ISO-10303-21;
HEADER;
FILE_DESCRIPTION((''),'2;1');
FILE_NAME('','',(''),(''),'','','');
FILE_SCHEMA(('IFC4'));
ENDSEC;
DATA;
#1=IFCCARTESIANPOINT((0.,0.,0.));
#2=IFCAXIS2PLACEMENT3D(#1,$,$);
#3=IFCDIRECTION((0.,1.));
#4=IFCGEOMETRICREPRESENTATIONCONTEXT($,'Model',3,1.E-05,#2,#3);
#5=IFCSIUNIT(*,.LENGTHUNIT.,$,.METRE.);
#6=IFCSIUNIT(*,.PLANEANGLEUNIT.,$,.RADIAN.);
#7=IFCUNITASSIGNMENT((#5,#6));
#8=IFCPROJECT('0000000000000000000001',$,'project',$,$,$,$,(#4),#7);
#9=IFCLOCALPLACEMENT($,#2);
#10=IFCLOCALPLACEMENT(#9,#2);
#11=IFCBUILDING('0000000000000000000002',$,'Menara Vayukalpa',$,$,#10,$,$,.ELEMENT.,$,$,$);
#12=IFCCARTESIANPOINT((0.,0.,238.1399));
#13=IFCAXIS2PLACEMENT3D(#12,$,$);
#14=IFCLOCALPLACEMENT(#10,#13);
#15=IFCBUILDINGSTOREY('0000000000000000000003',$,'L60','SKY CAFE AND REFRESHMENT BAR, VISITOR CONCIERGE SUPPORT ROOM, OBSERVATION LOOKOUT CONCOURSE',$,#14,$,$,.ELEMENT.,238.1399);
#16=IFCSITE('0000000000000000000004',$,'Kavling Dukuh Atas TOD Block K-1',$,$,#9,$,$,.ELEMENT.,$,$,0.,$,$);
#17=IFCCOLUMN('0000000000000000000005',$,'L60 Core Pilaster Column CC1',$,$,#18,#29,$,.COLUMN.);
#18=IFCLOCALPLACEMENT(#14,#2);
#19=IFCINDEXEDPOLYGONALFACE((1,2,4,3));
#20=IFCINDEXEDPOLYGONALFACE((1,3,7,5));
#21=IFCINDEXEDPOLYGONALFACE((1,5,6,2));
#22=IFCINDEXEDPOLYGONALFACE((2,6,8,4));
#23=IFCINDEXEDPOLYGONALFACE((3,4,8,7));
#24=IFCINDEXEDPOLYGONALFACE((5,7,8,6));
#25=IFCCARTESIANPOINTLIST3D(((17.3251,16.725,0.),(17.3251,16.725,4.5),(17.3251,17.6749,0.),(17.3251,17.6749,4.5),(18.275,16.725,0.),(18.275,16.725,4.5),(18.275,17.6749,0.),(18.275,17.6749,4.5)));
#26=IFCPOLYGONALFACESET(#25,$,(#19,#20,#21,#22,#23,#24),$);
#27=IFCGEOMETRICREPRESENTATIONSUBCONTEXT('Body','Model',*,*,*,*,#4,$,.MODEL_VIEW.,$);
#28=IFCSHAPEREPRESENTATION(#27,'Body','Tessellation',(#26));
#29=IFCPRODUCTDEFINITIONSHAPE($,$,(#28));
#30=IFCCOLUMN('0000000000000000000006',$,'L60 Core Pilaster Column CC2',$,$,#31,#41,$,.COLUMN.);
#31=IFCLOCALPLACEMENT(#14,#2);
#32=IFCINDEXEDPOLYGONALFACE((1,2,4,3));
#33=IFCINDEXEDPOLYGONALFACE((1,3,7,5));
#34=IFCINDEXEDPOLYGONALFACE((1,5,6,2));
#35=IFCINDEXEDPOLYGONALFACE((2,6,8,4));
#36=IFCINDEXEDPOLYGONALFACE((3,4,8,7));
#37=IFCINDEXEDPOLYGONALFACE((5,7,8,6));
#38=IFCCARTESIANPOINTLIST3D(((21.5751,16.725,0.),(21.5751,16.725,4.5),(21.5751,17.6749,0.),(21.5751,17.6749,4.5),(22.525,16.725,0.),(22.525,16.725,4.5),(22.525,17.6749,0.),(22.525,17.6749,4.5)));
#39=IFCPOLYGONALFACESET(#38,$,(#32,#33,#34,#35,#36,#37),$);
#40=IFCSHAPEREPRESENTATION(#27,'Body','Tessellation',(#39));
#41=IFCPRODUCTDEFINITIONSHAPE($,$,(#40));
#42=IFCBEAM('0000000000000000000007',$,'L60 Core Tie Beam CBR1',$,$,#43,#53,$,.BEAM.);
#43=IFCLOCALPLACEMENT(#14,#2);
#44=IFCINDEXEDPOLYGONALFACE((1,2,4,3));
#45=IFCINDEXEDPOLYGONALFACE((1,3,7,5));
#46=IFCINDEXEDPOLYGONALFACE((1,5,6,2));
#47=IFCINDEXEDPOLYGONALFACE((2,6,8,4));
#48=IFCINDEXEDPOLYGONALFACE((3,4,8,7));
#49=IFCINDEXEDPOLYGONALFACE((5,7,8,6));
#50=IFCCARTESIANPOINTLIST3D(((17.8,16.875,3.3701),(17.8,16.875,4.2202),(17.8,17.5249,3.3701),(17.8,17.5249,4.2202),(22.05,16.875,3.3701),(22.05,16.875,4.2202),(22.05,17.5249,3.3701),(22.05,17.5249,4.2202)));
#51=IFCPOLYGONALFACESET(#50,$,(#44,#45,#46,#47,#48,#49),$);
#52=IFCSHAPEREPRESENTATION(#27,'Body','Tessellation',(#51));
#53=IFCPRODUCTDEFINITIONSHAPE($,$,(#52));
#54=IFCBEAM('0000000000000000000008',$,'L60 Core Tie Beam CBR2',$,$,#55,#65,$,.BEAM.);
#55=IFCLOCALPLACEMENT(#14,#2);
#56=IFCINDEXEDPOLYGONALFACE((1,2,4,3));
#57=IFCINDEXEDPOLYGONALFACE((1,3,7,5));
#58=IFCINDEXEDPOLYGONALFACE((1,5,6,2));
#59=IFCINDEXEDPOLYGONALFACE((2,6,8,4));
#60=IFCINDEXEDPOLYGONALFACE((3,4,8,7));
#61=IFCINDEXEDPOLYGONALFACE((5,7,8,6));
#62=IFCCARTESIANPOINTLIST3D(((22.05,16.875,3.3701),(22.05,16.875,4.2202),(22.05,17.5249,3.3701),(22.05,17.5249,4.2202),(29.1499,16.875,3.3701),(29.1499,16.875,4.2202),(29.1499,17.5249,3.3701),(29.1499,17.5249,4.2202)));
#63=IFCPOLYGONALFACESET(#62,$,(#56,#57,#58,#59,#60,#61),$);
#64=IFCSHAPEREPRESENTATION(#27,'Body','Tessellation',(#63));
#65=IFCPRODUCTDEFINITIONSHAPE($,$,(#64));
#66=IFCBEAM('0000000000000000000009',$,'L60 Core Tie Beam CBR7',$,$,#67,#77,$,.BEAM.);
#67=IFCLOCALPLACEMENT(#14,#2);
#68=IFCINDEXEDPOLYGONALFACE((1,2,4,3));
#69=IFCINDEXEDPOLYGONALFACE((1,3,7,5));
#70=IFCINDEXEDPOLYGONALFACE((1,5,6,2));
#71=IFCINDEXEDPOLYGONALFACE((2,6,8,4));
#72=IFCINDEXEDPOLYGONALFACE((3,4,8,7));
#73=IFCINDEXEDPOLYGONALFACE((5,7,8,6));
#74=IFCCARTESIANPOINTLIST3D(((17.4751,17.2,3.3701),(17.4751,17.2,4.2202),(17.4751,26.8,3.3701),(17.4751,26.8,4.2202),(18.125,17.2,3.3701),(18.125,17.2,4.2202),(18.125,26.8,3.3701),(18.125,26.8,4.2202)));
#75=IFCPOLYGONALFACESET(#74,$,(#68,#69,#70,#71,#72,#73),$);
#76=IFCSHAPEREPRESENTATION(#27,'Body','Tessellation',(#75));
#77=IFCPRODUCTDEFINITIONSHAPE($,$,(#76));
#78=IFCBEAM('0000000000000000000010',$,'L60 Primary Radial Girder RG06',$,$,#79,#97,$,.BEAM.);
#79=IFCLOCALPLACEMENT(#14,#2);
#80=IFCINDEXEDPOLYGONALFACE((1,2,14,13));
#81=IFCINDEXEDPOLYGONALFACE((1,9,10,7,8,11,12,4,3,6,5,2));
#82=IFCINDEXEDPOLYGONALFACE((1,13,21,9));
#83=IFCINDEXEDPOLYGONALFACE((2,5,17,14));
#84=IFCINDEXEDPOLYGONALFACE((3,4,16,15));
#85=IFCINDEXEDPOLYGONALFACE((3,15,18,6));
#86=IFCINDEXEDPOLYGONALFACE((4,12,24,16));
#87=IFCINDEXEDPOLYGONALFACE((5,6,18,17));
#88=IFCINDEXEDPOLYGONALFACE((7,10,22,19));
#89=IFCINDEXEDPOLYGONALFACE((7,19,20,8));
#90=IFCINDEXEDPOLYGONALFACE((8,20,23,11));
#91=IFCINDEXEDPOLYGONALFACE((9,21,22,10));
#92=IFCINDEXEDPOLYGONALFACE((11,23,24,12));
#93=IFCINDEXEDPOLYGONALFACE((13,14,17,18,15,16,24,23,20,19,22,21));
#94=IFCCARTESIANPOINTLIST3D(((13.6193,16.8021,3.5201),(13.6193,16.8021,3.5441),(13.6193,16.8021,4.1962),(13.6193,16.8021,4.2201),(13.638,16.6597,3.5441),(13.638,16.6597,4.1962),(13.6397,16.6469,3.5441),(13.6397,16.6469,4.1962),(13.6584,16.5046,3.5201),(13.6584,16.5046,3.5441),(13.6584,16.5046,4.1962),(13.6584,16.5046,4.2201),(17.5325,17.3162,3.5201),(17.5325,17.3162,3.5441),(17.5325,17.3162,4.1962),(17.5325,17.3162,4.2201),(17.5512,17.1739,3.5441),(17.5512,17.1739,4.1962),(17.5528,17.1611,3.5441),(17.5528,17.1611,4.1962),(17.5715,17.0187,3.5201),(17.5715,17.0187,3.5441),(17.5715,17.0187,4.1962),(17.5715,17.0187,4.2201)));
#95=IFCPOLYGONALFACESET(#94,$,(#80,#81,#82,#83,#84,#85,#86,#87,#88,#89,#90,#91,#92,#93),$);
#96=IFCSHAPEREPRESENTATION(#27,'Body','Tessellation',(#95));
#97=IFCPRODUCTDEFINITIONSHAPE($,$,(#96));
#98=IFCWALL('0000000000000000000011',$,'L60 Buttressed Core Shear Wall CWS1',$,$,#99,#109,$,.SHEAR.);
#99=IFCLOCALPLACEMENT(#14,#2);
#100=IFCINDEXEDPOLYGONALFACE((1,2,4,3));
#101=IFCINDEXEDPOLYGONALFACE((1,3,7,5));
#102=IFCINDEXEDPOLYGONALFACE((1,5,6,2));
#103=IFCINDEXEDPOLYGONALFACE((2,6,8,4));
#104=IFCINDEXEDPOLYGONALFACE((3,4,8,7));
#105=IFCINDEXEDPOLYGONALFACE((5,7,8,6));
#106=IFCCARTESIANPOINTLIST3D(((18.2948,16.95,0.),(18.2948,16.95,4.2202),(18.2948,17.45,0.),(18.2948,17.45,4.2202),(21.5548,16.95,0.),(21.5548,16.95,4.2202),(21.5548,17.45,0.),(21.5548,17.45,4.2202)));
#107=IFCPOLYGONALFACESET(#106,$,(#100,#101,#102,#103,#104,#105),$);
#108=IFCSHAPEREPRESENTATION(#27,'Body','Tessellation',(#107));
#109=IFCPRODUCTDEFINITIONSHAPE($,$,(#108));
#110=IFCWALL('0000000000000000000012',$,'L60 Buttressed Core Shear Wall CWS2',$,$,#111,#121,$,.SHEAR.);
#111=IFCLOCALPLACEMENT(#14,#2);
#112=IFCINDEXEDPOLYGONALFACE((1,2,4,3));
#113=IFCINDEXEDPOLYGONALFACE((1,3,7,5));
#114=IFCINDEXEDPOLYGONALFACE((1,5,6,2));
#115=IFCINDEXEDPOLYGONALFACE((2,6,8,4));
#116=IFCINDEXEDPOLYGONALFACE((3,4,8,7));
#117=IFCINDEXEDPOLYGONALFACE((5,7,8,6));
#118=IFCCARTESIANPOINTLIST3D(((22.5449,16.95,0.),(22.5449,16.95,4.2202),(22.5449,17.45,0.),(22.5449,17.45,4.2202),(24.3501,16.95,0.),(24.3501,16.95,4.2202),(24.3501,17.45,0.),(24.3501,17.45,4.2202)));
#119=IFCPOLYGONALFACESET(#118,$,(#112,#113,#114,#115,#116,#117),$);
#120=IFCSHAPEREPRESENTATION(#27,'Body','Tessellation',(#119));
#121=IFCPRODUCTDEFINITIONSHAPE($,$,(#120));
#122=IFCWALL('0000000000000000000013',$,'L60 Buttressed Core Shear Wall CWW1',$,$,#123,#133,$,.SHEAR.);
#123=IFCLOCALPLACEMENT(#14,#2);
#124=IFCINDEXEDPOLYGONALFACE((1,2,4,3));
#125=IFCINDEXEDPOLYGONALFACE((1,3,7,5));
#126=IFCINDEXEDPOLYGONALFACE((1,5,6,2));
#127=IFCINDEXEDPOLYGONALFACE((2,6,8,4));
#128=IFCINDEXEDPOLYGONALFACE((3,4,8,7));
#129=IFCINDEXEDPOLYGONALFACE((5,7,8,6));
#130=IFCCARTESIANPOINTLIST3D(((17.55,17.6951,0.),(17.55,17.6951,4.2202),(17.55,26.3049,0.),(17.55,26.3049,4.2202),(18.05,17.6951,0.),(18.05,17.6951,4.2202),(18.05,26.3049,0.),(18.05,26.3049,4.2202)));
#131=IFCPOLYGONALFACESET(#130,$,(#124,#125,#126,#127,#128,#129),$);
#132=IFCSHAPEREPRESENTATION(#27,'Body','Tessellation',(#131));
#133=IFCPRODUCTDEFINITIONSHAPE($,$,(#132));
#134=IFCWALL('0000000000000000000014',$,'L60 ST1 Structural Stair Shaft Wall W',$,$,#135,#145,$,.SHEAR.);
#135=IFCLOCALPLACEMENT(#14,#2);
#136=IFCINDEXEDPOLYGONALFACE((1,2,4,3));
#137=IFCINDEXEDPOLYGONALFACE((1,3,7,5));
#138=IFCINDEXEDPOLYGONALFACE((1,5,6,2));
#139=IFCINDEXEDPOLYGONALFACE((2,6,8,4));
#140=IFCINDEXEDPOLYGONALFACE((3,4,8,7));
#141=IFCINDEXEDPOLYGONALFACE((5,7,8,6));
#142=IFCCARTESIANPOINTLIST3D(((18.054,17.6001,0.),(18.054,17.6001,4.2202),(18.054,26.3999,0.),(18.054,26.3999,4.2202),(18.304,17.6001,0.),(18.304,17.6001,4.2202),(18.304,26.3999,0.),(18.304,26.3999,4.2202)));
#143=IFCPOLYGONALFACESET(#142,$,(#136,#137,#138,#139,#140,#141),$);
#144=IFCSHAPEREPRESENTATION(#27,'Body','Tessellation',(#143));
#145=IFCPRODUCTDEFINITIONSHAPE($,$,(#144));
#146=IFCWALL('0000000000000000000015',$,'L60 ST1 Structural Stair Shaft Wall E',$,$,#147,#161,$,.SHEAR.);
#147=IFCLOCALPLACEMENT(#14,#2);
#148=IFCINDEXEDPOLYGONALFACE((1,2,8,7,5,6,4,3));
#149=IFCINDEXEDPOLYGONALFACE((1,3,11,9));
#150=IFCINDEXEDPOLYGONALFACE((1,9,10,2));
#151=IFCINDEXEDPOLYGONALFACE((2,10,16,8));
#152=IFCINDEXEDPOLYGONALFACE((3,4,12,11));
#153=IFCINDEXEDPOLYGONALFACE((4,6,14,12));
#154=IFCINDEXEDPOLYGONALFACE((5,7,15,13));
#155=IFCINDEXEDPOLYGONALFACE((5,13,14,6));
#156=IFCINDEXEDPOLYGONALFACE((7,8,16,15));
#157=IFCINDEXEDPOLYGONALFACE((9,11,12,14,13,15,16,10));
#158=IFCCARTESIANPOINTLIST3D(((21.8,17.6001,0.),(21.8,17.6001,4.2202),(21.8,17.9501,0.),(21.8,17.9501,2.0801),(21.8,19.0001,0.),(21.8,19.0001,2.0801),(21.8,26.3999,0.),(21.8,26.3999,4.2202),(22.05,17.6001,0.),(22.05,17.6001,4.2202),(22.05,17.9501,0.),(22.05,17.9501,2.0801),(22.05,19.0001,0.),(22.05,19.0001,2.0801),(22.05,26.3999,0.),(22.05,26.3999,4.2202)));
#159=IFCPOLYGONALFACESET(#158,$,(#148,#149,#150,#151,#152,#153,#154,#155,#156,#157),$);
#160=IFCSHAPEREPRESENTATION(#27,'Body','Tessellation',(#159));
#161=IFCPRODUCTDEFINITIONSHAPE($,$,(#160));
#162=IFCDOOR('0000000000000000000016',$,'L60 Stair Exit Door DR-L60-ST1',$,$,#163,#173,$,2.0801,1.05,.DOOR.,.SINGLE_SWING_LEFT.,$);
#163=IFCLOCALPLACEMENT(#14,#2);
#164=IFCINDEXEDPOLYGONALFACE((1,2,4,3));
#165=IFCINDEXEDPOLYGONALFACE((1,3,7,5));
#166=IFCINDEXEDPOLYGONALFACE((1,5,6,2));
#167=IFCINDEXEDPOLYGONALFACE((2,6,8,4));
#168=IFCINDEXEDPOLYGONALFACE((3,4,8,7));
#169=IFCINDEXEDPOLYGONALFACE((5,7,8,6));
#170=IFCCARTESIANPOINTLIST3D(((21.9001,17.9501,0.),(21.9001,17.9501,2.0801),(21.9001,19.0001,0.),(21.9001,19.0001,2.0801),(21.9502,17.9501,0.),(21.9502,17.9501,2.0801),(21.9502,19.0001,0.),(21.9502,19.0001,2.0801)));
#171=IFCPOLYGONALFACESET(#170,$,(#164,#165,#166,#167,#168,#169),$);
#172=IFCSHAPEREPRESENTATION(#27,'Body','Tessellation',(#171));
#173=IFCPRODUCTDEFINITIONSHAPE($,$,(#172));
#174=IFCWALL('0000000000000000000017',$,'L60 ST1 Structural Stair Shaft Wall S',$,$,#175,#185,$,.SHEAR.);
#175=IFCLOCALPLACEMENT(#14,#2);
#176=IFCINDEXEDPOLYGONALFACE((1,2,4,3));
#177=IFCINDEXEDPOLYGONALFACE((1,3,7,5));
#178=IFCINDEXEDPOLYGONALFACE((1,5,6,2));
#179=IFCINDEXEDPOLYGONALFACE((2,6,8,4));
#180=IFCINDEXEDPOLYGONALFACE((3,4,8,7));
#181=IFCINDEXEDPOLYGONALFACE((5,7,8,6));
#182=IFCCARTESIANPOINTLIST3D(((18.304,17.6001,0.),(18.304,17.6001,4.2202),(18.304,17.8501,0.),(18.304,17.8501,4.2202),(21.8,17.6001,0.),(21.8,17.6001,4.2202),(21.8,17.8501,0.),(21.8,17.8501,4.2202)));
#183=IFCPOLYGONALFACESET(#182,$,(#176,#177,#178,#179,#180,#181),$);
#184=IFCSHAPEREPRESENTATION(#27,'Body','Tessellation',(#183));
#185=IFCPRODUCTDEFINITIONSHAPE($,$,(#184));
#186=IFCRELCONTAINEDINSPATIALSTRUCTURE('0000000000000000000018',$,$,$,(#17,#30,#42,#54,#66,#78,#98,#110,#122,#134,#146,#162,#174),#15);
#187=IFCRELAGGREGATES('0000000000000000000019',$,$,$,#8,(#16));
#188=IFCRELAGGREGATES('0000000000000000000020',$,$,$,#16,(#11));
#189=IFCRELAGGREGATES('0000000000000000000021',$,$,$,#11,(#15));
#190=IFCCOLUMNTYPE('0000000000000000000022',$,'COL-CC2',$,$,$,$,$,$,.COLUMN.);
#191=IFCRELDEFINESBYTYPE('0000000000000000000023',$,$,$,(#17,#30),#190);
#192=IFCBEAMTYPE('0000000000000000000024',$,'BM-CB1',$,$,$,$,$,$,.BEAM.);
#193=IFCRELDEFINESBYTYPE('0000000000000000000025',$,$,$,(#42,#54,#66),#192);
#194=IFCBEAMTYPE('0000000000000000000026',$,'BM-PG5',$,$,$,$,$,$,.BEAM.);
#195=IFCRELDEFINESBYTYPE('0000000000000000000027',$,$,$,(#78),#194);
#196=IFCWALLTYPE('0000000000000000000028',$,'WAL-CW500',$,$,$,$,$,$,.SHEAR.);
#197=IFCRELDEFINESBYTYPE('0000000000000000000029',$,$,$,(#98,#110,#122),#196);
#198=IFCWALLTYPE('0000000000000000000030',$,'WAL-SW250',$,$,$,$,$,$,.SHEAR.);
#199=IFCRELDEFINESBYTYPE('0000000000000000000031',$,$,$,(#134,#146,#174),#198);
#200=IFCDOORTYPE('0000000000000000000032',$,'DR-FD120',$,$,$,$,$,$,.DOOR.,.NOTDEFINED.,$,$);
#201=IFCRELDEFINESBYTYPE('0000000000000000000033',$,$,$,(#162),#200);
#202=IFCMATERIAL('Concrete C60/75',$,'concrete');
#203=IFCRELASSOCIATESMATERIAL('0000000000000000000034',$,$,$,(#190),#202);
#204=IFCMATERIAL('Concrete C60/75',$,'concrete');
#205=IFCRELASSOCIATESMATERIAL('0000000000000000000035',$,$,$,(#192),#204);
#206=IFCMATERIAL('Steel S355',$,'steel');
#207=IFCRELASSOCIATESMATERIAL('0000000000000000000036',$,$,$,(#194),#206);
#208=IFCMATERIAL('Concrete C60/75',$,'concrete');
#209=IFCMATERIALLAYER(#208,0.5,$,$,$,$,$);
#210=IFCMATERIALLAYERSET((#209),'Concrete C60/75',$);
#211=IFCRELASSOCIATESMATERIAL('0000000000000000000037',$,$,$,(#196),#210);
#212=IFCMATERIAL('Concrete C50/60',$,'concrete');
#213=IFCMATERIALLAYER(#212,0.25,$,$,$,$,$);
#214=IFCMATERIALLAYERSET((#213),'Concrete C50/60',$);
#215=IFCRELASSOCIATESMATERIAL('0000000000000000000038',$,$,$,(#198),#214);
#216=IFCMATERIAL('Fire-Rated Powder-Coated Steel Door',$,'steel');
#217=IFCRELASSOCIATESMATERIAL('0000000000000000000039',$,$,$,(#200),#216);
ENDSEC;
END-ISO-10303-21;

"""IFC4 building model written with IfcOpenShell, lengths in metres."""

from ifc_helpers import new_model, si_unit, direction, frame, frame_2d, origin, origin_2d, place, context, subcontext, project, spatial, rectangle, i_section, extrude, material, layer, layer_set, material_profile, profile_set, type_object, element, fill, save


model = new_model("IFC4")

# Units and contexts
model_context = context("Model", 3, precision=1e-05, world=origin(), true_north=direction((0.0, 1.0)))
body_context = subcontext(model_context, "Body", "Model", "MODEL_VIEW")
ifc_project = project(units=[si_unit("LENGTHUNIT", "METRE"), si_unit("PLANEANGLEUNIT", "RADIAN")], contexts=[model_context])

# Site, building, storey
site_placement = place(None, origin())
site = spatial("IfcSite", under=ifc_project, at=site_placement, Name="Kavling Dukuh Atas TOD Block K-1", CompositionType="ELEMENT", RefElevation=0.0)
building_placement = place(site_placement, origin())
building = spatial("IfcBuilding", under=site, at=building_placement, Name="Menara Vayukalpa", CompositionType="ELEMENT")
storey_placement = place(building_placement, frame((0.0, 0.0, 238.1399)))
storey = spatial("IfcBuildingStorey", under=building, at=storey_placement, Name="L60", Description="SKY CAFE AND REFRESHMENT BAR, VISITOR CONCIERGE SUPPORT ROOM, OBSERVATION LOOKOUT CONCOURSE", CompositionType="ELEMENT", Elevation=238.1399)

# Columns
ifc_material_1 = material(Name="Concrete C60/75", Category="concrete")
ifc_material_profile_1 = material_profile(ifc_material_1, rectangle(XDim=0.95, YDim=0.95, at=origin_2d()), Name="RC 950x950")
ifc_profile_set_1 = profile_set([ifc_material_profile_1], Name="Concrete C60/75")
column_type = type_object("IfcColumnType", Name="COL-CC2", PredefinedType="COLUMN", material=ifc_profile_set_1)
for number, where, z_axis, x_axis, name in (
    (1, (17.8, 17.2, 0.0), (0.0, 0.0, 1.0), (1.0, 0.0, 0.0), "L60 Core Pilaster Column CC1"),
    (2, (22.05, 17.2, 0.0), (0.0, 0.0, 1.0), (1.0, 0.0, 0.0), "L60 Core Pilaster Column CC2"),
):
    element("IfcColumn", number, at=place(storey_placement, frame(where, z_axis=z_axis, x_axis=x_axis)), inside=storey, type_object=column_type, Name=name, PredefinedType="COLUMN", context=body_context, shape_type="SweptSolid", body=[
        extrude(rectangle(XDim=0.95, YDim=0.95, at=origin_2d()), origin(), (0.0, 0.0, 1.0), 4.5),
    ])

# Beams
ifc_material_2 = material(Name="Concrete C60/75", Category="concrete")
ifc_material_profile_2 = material_profile(ifc_material_2, rectangle(XDim=0.6499, YDim=0.8501, at=origin_2d()), Name="RC 650x850")
ifc_profile_set_2 = profile_set([ifc_material_profile_2], Name="Concrete C60/75")
beam_type_1 = type_object("IfcBeamType", Name="BM-CB1", PredefinedType="BEAM", material=ifc_profile_set_2)
beam_1_placement = place(storey_placement, frame((17.8, 17.2, 3.7952), z_axis=(1.0, 0.0, 0.0), x_axis=(0.0, 1.0, 0.0)))
element("IfcBeam", 3, at=beam_1_placement, inside=storey, type_object=beam_type_1, Name="L60 Core Tie Beam CBR1", PredefinedType="BEAM", context=body_context, shape_type="SweptSolid", body=[
    extrude(rectangle(XDim=0.6499, YDim=0.8501, at=origin_2d()), origin(), (0.0, 0.0, 1.0), 4.25),
])
beam_2_placement = place(storey_placement, frame((22.05, 17.2, 3.7952), z_axis=(1.0, 0.0, 0.0), x_axis=(0.0, 1.0, 0.0)))
element("IfcBeam", 4, at=beam_2_placement, inside=storey, type_object=beam_type_1, Name="L60 Core Tie Beam CBR2", PredefinedType="BEAM", context=body_context, shape_type="SweptSolid", body=[
    extrude(rectangle(XDim=0.6499, YDim=0.8501, at=origin_2d()), origin(), (0.0, 0.0, 1.0), 7.0999),
])
beam_3_placement = place(storey_placement, frame((17.8, 17.2, 3.7952), z_axis=(0.0, 1.0, 0.0), x_axis=(-1.0, 0.0, 0.0)))
element("IfcBeam", 5, at=beam_3_placement, inside=storey, type_object=beam_type_1, Name="L60 Core Tie Beam CBR7", PredefinedType="BEAM", context=body_context, shape_type="SweptSolid", body=[
    extrude(rectangle(XDim=0.6499, YDim=0.8501, at=origin_2d()), origin(), (0.0, 0.0, 1.0), 9.6001),
])
ifc_material_3 = material(Name="Steel S355", Category="steel")
ifc_material_profile_3 = material_profile(ifc_material_3, i_section(OverallWidth=0.3, OverallDepth=0.7, WebThickness=0.0129, FlangeThickness=0.0239, at=origin_2d()), Name="WF 700x300x13x24")
ifc_profile_set_3 = profile_set([ifc_material_profile_3], Name="Steel S355")
beam_type_2 = type_object("IfcBeamType", Name="BM-PG5", PredefinedType="BEAM", material=ifc_profile_set_3)
beam_4_placement = place(storey_placement, frame((17.552, 17.1675, 3.8701), z_axis=(-0.991478, -0.130275, 0.0), x_axis=(0.130275, -0.991478, 0.0)))
element("IfcBeam", 6, at=beam_4_placement, inside=storey, type_object=beam_type_2, Name="L60 Primary Radial Girder RG06", PredefinedType="BEAM", context=body_context, shape_type="SweptSolid", body=[
    extrude(i_section(OverallWidth=0.3, OverallDepth=0.7, WebThickness=0.0129, FlangeThickness=0.0239, at=origin_2d()), origin(), (0.0, 0.0, 1.0), 3.9468),
])

# Walls
ifc_material_4 = material(Name="Concrete C60/75", Category="concrete")
ifc_layer_1 = layer(ifc_material_4, 0.5)
ifc_layer_set_1 = layer_set([ifc_layer_1], Name="Concrete C60/75")
wall_type_1 = type_object("IfcWallType", Name="WAL-CW500", PredefinedType="SHEAR", material=ifc_layer_set_1)
wall_1_placement = place(storey_placement, frame((18.2949, 17.2, 0.0), z_axis=(0.0, 0.0, 1.0), x_axis=(1.0, 0.0, 0.0)))
element("IfcWall", 7, at=wall_1_placement, inside=storey, type_object=wall_type_1, Name="L60 Buttressed Core Shear Wall CWS1", PredefinedType="SHEAR", context=body_context, shape_type="SweptSolid", body=[
    extrude(rectangle(XDim=3.26, YDim=0.5, at=frame_2d((1.6299, 0.0))), origin(), (0.0, 0.0, 1.0), 4.2202),
])
wall_2_placement = place(storey_placement, frame((22.5449, 17.2, 0.0), z_axis=(0.0, 0.0, 1.0), x_axis=(1.0, 0.0, 0.0)))
element("IfcWall", 8, at=wall_2_placement, inside=storey, type_object=wall_type_1, Name="L60 Buttressed Core Shear Wall CWS2", PredefinedType="SHEAR", context=body_context, shape_type="SweptSolid", body=[
    extrude(rectangle(XDim=1.8052, YDim=0.5, at=frame_2d((0.9026, 0.0))), origin(), (0.0, 0.0, 1.0), 4.2202),
])
wall_3_placement = place(storey_placement, frame((17.8, 17.6951, 0.0), z_axis=(0.0, 0.0, 1.0), x_axis=(0.0, 1.0, 0.0)))
element("IfcWall", 9, at=wall_3_placement, inside=storey, type_object=wall_type_1, Name="L60 Buttressed Core Shear Wall CWW1", PredefinedType="SHEAR", context=body_context, shape_type="SweptSolid", body=[
    extrude(rectangle(XDim=8.6099, YDim=0.5, at=frame_2d((4.3049, 0.0))), origin(), (0.0, 0.0, 1.0), 4.2202),
])
ifc_material_5 = material(Name="Concrete C50/60", Category="concrete")
ifc_layer_2 = layer(ifc_material_5, 0.25)
ifc_layer_set_2 = layer_set([ifc_layer_2], Name="Concrete C50/60")
wall_type_2 = type_object("IfcWallType", Name="WAL-SW250", PredefinedType="SHEAR", material=ifc_layer_set_2)
wall_4_placement = place(storey_placement, frame((18.179, 17.6001, 0.0), z_axis=(0.0, 0.0, 1.0), x_axis=(0.0, 1.0, 0.0)))
element("IfcWall", 10, at=wall_4_placement, inside=storey, type_object=wall_type_2, Name="L60 ST1 Structural Stair Shaft Wall W", PredefinedType="SHEAR", context=body_context, shape_type="SweptSolid", body=[
    extrude(rectangle(XDim=8.7998, YDim=0.25, at=frame_2d((4.3999, 0.0))), origin(), (0.0, 0.0, 1.0), 4.2202),
])

# Wall, opening, door
wall_5_placement = place(storey_placement, frame((21.925, 17.6001, 0.0), z_axis=(0.0, 0.0, 1.0), x_axis=(0.0, 1.0, 0.0)))
wall_5 = element("IfcWall", 11, at=wall_5_placement, inside=storey, type_object=wall_type_2, Name="L60 ST1 Structural Stair Shaft Wall E", PredefinedType="SHEAR", context=body_context, shape_type="SweptSolid", body=[
    extrude(rectangle(XDim=8.7998, YDim=0.25, at=frame_2d((4.3999, 0.0))), origin(), (0.0, 0.0, 1.0), 4.2202),
])
opening_placement = place(wall_5_placement, frame((0.3501, 0.0, 0.0)))
opening = element("IfcOpeningElement", 12, at=opening_placement, cuts=wall_5, PredefinedType="OPENING", context=body_context, shape_type="SweptSolid", body=[
    extrude(rectangle(XDim=1.05, YDim=2.0801, at=frame_2d((0.5249, 1.04))), frame((0.0, 0.135, 0.0), z_axis=(0.0, -1.0, 0.0), x_axis=(1.0, 0.0, 0.0)), (0.0, 0.0, 1.0), 0.27),
])
ifc_material_6 = material(Name="Fire-Rated Powder-Coated Steel Door", Category="steel")
door_type = type_object("IfcDoorType", Name="DR-FD120", OperationType="NOTDEFINED", PredefinedType="DOOR", material=ifc_material_6)
door_placement = place(opening_placement, origin())
door = element("IfcDoor", 13, at=door_placement, inside=storey, type_object=door_type, Name="L60 Stair Exit Door DR-L60-ST1", OperationType="SINGLE_SWING_LEFT", OverallHeight=2.0801, OverallWidth=1.05, PredefinedType="DOOR", context=body_context, shape_type="SweptSolid", body=[
    extrude(rectangle(XDim=1.05, YDim=2.0801, at=frame_2d((0.5249, 1.04))), frame((0.0, 0.0249, 0.0), z_axis=(0.0, -1.0, 0.0), x_axis=(1.0, 0.0, 0.0)), (0.0, 0.0, 1.0), 0.05),
])
fill(opening, door)

# Wall
wall_6_placement = place(storey_placement, frame((18.304, 17.7251, 0.0), z_axis=(0.0, 0.0, 1.0), x_axis=(1.0, 0.0, 0.0)))
element("IfcWall", 14, at=wall_6_placement, inside=storey, type_object=wall_type_2, Name="L60 ST1 Structural Stair Shaft Wall S", PredefinedType="SHEAR", context=body_context, shape_type="SweptSolid", body=[
    extrude(rectangle(XDim=3.4961, YDim=0.25, at=frame_2d((1.748, 0.0))), origin(), (0.0, 0.0, 1.0), 4.2202),
])

save(model, "model.ifc")
